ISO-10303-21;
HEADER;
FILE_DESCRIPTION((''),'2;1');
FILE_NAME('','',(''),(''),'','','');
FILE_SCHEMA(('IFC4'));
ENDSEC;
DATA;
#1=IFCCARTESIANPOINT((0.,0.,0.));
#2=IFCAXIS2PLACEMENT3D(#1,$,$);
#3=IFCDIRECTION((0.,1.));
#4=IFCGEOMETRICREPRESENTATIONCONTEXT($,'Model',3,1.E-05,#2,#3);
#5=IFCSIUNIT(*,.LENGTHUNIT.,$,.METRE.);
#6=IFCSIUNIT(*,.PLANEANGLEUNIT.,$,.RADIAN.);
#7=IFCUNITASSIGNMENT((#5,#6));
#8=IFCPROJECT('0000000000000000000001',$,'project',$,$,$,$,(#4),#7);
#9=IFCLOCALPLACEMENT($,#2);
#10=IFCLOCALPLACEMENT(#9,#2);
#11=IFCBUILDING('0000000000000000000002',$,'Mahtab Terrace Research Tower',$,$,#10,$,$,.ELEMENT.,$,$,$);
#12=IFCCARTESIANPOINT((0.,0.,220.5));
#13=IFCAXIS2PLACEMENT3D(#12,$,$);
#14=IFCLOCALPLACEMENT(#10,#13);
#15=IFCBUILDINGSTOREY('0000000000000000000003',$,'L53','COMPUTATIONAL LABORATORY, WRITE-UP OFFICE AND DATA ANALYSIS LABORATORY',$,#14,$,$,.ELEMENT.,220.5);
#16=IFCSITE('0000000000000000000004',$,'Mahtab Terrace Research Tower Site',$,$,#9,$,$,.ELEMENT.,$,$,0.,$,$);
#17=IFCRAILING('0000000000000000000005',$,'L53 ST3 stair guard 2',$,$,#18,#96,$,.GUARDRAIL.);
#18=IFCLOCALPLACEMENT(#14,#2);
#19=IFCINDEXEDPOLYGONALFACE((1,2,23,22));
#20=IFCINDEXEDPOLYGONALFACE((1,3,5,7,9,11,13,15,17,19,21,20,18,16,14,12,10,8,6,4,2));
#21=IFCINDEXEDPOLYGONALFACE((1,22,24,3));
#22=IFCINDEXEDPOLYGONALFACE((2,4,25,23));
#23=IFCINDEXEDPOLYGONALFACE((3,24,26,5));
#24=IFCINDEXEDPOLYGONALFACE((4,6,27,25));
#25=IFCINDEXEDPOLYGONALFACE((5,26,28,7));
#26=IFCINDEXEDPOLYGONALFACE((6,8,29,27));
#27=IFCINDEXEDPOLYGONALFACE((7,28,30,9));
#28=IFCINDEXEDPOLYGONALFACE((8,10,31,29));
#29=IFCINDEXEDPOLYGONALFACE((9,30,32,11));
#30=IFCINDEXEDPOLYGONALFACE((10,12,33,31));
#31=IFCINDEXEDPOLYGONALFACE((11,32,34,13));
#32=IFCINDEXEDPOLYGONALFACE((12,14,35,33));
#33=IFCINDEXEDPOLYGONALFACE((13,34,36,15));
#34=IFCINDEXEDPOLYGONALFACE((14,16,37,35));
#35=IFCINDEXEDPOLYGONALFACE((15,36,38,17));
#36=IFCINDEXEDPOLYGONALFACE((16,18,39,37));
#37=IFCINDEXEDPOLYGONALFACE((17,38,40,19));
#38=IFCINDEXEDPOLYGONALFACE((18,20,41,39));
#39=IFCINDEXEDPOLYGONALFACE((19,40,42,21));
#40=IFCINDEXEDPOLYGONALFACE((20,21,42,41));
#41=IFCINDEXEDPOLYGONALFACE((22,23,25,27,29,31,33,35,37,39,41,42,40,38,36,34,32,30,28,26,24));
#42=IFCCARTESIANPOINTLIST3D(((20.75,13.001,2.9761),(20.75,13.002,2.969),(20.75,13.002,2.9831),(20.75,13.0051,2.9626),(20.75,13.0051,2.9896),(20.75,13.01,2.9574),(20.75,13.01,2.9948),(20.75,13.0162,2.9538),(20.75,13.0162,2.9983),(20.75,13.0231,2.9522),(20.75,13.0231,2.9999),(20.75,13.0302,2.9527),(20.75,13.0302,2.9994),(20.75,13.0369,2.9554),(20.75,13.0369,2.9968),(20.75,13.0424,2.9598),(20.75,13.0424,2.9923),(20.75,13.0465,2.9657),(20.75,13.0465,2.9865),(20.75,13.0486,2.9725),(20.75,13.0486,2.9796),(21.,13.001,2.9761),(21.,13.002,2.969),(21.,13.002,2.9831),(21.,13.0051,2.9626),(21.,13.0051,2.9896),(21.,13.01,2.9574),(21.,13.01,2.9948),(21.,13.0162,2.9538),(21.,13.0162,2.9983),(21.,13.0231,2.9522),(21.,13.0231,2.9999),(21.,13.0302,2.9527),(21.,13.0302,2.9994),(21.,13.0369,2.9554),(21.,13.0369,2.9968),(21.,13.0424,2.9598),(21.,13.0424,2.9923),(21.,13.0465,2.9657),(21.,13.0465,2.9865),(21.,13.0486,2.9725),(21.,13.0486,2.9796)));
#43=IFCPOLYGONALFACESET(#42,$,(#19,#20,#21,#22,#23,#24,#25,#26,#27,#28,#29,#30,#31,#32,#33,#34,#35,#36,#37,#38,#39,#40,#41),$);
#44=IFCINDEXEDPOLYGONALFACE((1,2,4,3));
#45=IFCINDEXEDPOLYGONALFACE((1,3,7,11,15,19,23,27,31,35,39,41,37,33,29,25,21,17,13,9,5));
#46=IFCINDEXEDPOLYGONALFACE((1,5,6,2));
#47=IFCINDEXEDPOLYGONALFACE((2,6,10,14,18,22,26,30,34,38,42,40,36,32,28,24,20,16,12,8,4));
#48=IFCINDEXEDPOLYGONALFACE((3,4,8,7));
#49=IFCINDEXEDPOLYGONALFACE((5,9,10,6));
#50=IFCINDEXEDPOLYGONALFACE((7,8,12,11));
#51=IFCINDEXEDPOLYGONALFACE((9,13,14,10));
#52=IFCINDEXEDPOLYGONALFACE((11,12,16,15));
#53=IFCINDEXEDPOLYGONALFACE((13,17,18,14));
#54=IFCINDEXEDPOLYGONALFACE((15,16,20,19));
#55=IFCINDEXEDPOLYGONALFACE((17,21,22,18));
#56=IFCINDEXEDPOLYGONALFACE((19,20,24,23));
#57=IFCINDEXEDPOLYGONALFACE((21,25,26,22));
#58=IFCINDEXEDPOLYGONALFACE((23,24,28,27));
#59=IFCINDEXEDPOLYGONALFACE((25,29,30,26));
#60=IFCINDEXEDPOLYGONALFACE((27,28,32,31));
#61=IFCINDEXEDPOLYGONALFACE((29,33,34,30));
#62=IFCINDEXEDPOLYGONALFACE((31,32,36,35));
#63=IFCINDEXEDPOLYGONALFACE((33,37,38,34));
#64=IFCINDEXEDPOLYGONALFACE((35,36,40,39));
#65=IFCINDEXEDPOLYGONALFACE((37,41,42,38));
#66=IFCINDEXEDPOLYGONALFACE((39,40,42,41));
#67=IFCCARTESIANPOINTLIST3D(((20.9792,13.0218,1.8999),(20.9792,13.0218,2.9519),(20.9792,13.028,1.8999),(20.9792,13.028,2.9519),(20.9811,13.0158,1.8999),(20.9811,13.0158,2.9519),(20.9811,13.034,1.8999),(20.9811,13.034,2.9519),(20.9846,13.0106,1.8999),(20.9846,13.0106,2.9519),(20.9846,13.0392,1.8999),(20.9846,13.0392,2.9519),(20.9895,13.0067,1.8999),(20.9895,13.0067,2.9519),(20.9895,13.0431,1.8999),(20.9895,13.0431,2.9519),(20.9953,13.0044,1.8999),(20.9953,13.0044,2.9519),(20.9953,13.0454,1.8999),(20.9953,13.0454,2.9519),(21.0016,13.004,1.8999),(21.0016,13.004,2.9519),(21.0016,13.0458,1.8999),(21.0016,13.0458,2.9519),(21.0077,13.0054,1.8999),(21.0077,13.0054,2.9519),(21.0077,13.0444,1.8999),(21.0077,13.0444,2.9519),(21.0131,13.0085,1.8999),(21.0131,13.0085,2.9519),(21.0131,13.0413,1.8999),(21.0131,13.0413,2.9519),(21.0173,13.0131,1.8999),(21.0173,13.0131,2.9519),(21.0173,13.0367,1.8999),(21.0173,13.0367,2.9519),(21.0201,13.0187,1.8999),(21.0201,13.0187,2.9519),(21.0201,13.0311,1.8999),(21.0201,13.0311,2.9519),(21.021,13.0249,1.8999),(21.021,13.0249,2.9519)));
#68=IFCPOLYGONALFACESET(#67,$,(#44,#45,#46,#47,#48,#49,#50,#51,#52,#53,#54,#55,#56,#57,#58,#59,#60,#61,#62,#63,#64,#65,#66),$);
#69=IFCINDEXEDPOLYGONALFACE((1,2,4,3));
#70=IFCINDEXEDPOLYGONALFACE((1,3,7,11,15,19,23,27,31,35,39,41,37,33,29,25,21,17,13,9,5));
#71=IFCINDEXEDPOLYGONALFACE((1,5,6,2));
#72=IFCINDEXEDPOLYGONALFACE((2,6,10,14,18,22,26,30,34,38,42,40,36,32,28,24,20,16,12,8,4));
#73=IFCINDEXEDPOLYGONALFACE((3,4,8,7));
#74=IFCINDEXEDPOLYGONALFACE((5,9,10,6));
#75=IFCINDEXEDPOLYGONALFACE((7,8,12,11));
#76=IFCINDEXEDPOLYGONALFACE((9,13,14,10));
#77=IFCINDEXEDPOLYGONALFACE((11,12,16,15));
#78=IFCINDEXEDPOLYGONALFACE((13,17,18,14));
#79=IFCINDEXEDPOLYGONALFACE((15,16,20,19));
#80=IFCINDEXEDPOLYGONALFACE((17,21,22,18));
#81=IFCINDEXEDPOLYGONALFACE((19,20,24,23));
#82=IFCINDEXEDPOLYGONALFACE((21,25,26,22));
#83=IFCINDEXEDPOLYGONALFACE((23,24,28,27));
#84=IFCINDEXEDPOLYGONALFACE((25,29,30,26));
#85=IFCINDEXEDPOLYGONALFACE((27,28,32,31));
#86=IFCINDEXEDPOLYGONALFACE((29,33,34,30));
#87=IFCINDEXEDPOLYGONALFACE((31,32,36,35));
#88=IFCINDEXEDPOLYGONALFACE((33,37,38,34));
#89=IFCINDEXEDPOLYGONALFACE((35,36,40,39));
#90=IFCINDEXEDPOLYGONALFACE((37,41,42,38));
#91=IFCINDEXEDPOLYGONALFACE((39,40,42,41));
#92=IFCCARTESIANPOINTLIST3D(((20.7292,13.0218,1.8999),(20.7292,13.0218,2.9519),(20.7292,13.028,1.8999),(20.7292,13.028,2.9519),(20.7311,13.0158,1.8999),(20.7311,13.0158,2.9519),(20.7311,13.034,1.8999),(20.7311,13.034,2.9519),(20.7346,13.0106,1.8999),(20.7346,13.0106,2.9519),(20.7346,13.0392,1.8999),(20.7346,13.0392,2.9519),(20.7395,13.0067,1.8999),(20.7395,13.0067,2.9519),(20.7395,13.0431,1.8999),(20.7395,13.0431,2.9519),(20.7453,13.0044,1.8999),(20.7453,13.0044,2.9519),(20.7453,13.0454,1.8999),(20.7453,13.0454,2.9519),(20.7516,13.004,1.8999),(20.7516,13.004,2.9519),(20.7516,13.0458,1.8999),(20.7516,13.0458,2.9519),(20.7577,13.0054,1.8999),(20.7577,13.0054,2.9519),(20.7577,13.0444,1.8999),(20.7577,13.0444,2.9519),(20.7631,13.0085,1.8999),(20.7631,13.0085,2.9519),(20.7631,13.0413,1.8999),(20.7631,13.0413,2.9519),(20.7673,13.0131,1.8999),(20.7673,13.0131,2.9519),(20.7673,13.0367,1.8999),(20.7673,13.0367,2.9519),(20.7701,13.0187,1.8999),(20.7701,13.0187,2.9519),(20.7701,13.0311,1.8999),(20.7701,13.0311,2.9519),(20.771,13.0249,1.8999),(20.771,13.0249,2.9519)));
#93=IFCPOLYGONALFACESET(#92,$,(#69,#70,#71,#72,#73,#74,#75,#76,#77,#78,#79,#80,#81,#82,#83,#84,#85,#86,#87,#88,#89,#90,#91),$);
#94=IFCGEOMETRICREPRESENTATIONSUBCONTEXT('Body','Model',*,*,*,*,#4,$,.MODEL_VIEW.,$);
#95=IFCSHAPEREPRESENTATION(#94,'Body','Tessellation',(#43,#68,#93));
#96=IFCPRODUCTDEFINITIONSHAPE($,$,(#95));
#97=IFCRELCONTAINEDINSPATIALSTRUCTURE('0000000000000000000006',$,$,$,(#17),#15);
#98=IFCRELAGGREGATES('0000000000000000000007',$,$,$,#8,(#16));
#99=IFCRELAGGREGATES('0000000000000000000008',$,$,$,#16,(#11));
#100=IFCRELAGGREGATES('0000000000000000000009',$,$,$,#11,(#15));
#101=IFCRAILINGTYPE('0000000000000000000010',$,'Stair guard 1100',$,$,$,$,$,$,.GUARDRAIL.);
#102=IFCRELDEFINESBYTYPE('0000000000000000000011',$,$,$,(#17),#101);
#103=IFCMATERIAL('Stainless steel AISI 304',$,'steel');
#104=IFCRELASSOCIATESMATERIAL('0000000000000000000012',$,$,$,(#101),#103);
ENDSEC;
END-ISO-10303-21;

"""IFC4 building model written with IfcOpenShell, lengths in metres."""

from ifc_helpers import new_model, si_unit, direction, frame, origin, origin_2d, place, context, subcontext, project, spatial, circle, extrude, material, type_object, element, save


model = new_model("IFC4")

# Units and contexts
model_context = context("Model", 3, precision=1e-05, world=origin(), true_north=direction((0.0, 1.0)))
body_context = subcontext(model_context, "Body", "Model", "MODEL_VIEW")
ifc_project = project(units=[si_unit("LENGTHUNIT", "METRE"), si_unit("PLANEANGLEUNIT", "RADIAN")], contexts=[model_context])

# Site, building, storey
site_placement = place(None, origin())
site = spatial("IfcSite", under=ifc_project, at=site_placement, Name="Mahtab Terrace Research Tower Site", CompositionType="ELEMENT", RefElevation=0.0)
building_placement = place(site_placement, origin())
building = spatial("IfcBuilding", under=site, at=building_placement, Name="Mahtab Terrace Research Tower", CompositionType="ELEMENT")
storey_placement = place(building_placement, frame((0.0, 0.0, 220.5)))
storey = spatial("IfcBuildingStorey", under=building, at=storey_placement, Name="L53", Description="COMPUTATIONAL LABORATORY, WRITE-UP OFFICE AND DATA ANALYSIS LABORATORY", CompositionType="ELEMENT", Elevation=220.5)

# Railing
ifc_material_1 = material(Name="Stainless steel AISI 304", Category="steel")
railing_type_1 = type_object("IfcRailingType", Name="Stair guard 1100", PredefinedType="GUARDRAIL", material=ifc_material_1)
railing_1_placement = place(storey_placement, frame((21.0, 13.0249, 1.8999)))
element("IfcRailing", 1, at=railing_1_placement, inside=storey, type_object=railing_type_1, Name="L53 ST3 stair guard 2", PredefinedType="GUARDRAIL", context=body_context, shape_type="SweptSolid", body=[
    extrude(circle(Radius=0.0239, at=origin_2d()), frame((0.0, 0.0, 1.0762), z_axis=(-1.0, 0.0, 0.0), x_axis=(0.0, -1.0, 0.0)), (0.0, 0.0, 1.0), 0.25),
    extrude(circle(Radius=0.021, at=origin_2d()), origin(), (0.0, 0.0, 1.0), 1.052),
    extrude(circle(Radius=0.021, at=origin_2d()), frame((-0.25, 0.0, 0.0)), (0.0, 0.0, 1.0), 1.052),
])

save(model, "model.ifc")
